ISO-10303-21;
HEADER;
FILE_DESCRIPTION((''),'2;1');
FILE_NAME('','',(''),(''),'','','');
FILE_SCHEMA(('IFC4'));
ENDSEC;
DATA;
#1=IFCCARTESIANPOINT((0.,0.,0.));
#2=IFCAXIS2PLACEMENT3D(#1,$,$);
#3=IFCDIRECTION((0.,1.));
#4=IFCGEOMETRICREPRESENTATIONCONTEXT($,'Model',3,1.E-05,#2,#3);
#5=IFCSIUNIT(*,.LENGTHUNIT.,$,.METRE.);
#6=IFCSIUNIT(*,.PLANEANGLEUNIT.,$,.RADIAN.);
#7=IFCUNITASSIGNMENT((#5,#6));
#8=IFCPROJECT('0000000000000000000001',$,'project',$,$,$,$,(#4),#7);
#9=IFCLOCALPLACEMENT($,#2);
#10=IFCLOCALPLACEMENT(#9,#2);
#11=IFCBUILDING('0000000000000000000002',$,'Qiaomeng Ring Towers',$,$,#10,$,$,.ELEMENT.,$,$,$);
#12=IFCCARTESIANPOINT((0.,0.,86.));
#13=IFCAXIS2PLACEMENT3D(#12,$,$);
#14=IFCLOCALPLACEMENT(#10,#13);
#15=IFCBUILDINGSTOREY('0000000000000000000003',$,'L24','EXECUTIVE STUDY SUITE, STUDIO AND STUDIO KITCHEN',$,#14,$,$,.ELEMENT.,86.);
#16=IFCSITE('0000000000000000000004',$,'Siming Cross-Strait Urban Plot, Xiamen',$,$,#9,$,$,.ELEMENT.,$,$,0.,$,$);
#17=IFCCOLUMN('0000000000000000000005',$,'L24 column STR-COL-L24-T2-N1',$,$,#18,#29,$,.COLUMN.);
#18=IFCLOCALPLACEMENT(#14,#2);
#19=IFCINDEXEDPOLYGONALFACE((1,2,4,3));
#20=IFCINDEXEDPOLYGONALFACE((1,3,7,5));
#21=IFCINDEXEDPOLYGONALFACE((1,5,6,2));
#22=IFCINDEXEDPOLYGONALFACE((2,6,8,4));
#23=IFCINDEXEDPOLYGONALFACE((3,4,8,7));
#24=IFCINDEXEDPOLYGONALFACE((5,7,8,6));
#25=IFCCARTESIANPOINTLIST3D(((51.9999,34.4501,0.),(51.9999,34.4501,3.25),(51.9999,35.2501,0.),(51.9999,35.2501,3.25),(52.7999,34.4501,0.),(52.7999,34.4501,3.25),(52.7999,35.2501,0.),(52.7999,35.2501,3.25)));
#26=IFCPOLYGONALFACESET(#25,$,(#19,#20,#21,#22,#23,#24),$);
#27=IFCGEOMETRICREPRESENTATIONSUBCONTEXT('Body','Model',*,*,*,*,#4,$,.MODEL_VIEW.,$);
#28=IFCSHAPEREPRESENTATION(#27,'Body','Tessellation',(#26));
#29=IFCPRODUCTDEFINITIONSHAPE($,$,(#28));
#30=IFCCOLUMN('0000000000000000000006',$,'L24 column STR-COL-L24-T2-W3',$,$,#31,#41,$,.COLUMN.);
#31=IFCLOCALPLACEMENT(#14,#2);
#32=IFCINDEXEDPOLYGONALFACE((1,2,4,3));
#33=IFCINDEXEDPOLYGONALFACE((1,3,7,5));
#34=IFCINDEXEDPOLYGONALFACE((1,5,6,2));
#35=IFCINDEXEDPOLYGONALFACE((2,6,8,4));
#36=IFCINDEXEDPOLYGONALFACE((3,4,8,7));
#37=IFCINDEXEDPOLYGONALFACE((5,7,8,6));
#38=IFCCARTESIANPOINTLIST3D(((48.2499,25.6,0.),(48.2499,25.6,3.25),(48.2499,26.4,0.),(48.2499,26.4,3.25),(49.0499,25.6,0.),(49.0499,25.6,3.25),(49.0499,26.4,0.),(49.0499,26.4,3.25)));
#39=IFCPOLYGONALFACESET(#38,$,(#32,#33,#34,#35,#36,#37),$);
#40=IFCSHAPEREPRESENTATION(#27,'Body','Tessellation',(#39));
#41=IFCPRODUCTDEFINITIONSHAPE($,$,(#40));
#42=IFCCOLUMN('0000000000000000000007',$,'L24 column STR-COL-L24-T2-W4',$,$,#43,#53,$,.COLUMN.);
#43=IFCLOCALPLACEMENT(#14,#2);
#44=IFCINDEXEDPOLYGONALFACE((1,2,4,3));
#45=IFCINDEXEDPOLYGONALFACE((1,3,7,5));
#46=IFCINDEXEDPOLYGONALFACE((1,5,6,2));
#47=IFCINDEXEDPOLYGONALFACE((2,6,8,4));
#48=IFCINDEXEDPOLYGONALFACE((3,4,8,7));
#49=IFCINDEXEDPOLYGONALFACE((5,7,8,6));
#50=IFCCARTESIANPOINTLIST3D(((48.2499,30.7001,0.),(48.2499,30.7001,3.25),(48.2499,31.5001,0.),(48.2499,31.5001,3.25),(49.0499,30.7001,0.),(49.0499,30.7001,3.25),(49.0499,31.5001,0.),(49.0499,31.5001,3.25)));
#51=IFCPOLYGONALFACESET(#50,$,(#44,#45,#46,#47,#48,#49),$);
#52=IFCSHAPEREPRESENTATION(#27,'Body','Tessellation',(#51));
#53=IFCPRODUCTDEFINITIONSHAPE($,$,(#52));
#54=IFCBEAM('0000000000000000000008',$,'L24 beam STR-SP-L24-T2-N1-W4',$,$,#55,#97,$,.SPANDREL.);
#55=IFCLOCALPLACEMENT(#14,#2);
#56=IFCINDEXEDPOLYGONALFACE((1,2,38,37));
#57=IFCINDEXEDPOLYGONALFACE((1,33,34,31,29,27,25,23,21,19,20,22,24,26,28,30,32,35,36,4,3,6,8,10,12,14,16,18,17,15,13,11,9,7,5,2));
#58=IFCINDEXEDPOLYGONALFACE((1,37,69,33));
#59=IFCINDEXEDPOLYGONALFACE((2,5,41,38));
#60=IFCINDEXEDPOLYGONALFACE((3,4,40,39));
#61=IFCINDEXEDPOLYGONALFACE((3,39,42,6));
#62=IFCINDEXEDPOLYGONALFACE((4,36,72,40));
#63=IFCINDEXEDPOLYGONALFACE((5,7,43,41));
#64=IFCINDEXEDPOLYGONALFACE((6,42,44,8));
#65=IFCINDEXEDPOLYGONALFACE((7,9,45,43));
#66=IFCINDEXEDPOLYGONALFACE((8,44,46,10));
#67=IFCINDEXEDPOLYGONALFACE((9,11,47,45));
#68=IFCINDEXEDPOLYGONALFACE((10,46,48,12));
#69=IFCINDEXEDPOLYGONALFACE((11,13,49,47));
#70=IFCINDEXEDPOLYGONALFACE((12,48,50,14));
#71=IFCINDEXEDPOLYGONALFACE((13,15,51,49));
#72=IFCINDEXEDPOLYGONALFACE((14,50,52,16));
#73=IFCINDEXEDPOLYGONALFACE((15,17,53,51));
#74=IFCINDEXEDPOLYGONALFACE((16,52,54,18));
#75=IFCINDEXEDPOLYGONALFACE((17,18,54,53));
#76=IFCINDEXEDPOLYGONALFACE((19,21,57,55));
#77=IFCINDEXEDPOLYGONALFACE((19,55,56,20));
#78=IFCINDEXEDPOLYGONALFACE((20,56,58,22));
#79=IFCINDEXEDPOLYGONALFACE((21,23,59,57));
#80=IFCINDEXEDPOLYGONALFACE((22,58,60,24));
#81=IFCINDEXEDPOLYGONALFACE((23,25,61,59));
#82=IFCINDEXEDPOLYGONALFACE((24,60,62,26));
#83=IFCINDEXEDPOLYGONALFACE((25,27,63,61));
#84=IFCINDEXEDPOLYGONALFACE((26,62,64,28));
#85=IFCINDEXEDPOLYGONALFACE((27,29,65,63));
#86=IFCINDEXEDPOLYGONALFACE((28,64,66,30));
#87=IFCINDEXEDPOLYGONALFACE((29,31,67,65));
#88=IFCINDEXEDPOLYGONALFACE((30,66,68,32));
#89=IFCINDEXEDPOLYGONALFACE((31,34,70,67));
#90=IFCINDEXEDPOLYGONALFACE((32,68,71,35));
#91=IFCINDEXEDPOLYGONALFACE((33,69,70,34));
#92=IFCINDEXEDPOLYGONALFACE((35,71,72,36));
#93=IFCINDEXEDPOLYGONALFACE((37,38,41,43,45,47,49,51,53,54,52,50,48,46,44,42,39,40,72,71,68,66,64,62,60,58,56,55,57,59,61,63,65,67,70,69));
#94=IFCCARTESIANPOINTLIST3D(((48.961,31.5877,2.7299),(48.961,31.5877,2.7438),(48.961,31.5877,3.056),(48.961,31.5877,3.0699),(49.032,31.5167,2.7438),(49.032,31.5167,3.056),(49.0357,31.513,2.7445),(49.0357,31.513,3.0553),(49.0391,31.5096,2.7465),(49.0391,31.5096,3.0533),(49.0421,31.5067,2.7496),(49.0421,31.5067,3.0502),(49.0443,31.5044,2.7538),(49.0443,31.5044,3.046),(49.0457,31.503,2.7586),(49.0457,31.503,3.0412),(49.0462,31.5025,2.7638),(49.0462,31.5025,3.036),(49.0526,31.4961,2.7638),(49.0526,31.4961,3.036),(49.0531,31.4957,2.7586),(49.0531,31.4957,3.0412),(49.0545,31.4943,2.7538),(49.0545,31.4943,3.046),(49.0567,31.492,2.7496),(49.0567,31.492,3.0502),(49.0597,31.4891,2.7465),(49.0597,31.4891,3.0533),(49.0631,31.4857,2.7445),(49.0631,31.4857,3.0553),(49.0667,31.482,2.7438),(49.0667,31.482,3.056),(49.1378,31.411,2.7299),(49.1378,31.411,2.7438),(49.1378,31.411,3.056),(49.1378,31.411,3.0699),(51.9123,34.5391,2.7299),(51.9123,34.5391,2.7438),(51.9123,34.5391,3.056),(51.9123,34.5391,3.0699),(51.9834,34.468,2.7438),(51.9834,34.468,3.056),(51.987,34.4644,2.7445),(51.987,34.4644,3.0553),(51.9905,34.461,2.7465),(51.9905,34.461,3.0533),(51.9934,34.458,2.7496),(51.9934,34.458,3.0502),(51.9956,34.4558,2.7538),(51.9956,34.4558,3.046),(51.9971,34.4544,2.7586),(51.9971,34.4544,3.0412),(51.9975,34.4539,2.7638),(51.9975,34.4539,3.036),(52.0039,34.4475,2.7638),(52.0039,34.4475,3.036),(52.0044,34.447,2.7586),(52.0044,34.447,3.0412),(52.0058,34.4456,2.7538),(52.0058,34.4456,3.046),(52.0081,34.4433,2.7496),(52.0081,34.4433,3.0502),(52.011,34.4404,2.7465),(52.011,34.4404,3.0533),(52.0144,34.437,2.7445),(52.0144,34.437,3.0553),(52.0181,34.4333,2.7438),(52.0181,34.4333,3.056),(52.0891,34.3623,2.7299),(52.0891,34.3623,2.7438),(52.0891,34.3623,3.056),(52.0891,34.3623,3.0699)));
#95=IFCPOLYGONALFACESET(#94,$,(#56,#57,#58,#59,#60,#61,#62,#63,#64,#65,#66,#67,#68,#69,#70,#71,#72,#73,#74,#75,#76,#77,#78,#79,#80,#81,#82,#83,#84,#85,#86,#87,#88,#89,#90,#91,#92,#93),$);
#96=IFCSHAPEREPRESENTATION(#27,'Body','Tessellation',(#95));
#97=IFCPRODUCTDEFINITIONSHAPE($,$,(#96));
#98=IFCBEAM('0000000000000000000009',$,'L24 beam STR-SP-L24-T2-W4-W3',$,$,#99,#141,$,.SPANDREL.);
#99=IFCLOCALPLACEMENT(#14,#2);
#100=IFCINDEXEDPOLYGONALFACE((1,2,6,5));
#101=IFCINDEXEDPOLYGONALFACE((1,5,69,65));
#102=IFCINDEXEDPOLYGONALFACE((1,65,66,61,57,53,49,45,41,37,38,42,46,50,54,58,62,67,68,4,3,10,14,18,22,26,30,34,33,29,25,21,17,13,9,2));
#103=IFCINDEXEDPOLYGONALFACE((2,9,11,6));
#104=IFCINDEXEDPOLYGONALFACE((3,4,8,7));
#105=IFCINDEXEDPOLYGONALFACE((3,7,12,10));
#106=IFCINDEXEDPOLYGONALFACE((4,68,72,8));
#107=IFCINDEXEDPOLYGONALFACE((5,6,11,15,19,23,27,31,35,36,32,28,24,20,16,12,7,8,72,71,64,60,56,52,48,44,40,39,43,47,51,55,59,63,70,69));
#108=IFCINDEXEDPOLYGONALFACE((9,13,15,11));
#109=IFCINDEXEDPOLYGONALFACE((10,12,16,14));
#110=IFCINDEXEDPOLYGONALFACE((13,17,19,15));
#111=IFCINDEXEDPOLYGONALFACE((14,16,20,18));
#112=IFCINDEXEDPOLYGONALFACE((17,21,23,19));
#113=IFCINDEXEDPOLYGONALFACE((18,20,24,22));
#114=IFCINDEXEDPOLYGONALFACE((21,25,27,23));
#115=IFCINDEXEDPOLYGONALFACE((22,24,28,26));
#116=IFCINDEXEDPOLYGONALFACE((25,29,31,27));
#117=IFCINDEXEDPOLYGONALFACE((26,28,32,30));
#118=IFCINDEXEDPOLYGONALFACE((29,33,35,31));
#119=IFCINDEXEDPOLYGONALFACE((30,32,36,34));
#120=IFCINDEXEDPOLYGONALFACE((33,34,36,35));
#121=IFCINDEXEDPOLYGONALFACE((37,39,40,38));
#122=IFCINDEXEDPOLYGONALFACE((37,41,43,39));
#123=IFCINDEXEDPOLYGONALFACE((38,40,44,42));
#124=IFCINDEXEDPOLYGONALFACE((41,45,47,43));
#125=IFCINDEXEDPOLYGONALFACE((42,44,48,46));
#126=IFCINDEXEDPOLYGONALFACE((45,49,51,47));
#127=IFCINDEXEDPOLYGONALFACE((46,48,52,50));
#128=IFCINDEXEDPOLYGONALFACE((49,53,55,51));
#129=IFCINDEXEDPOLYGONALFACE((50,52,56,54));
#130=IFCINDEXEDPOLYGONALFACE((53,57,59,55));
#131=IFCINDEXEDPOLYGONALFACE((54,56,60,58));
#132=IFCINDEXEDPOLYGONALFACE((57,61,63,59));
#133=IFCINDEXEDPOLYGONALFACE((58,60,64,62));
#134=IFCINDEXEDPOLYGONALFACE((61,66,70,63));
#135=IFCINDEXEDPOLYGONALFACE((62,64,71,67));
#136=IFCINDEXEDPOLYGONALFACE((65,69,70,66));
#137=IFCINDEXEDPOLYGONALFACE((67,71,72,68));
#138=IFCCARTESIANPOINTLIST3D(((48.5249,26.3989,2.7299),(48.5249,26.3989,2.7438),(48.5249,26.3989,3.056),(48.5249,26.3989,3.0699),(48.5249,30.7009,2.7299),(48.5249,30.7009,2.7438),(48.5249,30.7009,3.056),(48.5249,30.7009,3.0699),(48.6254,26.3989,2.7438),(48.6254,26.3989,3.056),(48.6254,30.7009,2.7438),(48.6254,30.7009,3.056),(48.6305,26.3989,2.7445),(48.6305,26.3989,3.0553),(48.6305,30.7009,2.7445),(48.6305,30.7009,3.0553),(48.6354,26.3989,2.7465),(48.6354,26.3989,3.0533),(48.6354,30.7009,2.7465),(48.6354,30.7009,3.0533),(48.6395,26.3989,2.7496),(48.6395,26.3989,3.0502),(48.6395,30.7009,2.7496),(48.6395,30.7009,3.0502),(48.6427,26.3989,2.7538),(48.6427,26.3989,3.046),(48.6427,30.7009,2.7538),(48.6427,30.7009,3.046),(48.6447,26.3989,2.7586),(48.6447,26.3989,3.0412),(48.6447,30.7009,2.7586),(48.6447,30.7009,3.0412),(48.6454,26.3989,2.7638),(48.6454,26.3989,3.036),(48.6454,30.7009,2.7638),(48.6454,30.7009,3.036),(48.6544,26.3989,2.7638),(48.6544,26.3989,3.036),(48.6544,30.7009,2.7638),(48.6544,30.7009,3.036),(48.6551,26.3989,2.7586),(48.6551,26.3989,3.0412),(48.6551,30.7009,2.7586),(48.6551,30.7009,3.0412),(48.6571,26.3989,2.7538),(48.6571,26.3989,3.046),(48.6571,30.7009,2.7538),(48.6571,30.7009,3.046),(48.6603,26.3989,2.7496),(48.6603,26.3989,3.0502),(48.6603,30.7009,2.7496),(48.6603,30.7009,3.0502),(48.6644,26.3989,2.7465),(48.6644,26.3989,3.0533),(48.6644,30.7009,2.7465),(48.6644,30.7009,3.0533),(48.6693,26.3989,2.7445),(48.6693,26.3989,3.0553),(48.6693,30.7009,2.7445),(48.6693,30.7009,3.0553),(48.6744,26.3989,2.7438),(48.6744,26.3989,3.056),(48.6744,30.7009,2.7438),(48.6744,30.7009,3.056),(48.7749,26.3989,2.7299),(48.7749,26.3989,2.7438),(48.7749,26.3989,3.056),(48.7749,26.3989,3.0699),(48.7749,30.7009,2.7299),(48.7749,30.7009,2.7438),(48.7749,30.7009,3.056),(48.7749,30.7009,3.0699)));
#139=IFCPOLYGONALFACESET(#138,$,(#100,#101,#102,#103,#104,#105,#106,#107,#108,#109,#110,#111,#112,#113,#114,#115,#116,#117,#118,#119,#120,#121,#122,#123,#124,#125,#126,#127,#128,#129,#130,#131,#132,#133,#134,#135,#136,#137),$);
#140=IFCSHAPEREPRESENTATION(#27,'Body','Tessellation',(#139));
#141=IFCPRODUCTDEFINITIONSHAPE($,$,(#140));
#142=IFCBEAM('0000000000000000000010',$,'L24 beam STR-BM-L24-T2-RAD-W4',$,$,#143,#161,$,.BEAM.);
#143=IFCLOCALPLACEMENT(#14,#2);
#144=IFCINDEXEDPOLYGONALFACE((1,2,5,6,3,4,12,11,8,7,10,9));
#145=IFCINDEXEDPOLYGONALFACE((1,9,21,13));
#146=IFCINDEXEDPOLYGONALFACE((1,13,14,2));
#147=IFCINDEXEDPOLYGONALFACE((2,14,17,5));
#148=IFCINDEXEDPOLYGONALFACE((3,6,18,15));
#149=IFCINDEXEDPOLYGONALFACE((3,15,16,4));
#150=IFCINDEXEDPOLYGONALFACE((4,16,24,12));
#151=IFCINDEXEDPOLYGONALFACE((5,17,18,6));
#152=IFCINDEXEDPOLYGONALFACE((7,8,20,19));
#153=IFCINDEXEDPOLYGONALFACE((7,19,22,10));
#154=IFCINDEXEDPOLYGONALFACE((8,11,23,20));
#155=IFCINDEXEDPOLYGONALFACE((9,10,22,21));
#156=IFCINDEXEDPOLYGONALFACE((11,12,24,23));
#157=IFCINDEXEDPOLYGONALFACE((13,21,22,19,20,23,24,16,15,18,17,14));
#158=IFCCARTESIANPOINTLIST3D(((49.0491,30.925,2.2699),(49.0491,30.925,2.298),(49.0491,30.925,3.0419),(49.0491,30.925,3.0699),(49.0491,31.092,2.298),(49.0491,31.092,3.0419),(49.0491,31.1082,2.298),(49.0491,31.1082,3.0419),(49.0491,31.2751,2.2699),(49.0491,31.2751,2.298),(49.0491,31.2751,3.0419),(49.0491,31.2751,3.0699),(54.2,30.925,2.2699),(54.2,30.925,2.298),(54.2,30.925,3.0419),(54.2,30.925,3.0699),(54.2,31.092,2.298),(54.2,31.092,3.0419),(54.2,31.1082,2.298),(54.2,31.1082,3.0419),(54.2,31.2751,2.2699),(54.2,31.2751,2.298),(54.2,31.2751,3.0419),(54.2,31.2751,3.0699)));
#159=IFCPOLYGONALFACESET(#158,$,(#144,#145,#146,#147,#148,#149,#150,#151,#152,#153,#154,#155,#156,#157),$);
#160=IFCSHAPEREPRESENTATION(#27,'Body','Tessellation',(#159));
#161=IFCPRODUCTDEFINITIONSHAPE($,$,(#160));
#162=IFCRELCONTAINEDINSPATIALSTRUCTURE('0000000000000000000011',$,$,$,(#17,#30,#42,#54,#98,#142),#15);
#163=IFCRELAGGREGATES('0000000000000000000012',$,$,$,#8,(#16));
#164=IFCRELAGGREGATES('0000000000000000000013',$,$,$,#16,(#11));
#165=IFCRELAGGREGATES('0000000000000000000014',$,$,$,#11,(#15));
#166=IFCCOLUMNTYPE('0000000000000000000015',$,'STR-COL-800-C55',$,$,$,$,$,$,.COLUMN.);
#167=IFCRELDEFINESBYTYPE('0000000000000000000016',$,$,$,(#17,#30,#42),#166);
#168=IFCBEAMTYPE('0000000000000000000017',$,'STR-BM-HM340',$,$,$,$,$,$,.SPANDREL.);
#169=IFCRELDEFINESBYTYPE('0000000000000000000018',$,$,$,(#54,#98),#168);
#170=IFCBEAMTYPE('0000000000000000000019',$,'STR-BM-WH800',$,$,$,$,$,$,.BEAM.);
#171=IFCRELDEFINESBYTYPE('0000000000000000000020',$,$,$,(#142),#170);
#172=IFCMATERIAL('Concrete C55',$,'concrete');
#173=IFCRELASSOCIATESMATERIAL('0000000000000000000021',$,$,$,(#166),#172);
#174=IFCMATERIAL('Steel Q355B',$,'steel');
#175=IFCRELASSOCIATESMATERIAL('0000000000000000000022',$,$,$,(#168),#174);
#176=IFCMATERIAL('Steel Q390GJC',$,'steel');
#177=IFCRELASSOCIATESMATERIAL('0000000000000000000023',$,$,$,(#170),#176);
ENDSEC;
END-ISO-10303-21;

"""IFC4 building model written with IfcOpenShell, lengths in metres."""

from ifc_helpers import new_model, si_unit, direction, frame, origin, origin_2d, place, context, subcontext, project, spatial, rectangle, i_section, extrude, source, transform, mapped, material, material_profile, profile_set, type_object, element, save


model = new_model("IFC4")

# Units and contexts
model_context = context("Model", 3, precision=1e-05, world=origin(), true_north=direction((0.0, 1.0)))
body_context = subcontext(model_context, "Body", "Model", "MODEL_VIEW")
ifc_project = project(units=[si_unit("LENGTHUNIT", "METRE"), si_unit("PLANEANGLEUNIT", "RADIAN")], contexts=[model_context])

# Site, building, storey
site_placement = place(None, origin())
site = spatial("IfcSite", under=ifc_project, at=site_placement, Name="Siming Cross-Strait Urban Plot, Xiamen", CompositionType="ELEMENT", RefElevation=0.0)
building_placement = place(site_placement, origin())
building = spatial("IfcBuilding", under=site, at=building_placement, Name="Qiaomeng Ring Towers", CompositionType="ELEMENT")
storey_placement = place(building_placement, frame((0.0, 0.0, 86.0)))
storey = spatial("IfcBuildingStorey", under=building, at=storey_placement, Name="L24", Description="EXECUTIVE STUDY SUITE, STUDIO AND STUDIO KITCHEN", CompositionType="ELEMENT", Elevation=86.0)

# Columns
ifc_material_1 = material(Name="Concrete C55", Category="concrete")
ifc_material_profile_1 = material_profile(ifc_material_1, rectangle(XDim=0.8, YDim=0.8, at=origin_2d()), Name="RC COL 800x800")
ifc_profile_set_1 = profile_set([ifc_material_profile_1], Name="Concrete C55")
column_type = type_object("IfcColumnType", Name="STR-COL-800-C55", PredefinedType="COLUMN", material=ifc_profile_set_1)
shared_shape_1 = source(origin(), body_context, "Body", "SweptSolid", [
    extrude(rectangle(XDim=0.8, YDim=0.8, at=origin_2d()), origin(), (0.0, 0.0, 1.0), 3.25),
])
for number, where, z_axis, x_axis, name in (
    (1, (52.3999, 34.8501, 0.0), (0.0, 0.0, 1.0), (1.0, 0.0, 0.0), "L24 column STR-COL-L24-T2-N1"),
    (2, (48.6499, 26.0, 0.0), (0.0, 0.0, 1.0), (1.0, 0.0, 0.0), "L24 column STR-COL-L24-T2-W3"),
    (3, (48.6499, 31.1001, 0.0), (0.0, 0.0, 1.0), (1.0, 0.0, 0.0), "L24 column STR-COL-L24-T2-W4"),
):
    element("IfcColumn", number, at=place(storey_placement, frame(where, z_axis=z_axis, x_axis=x_axis)), inside=storey, type_object=column_type, Name=name, PredefinedType="COLUMN", context=body_context, shape_type="MappedRepresentation", body=[
        mapped(shared_shape_1, transform((0.0, 0.0, 0.0), x_axis=(1.0, 0.0, 0.0), y_axis=(0.0, 1.0, 0.0), z_axis=(0.0, 0.0, 1.0), scale=1.0)),
    ])

# Beams
ifc_material_2 = material(Name="Steel Q355B", Category="steel")
ifc_material_profile_2 = material_profile(ifc_material_2, i_section(OverallWidth=0.25, OverallDepth=0.3401, WebThickness=0.009, FlangeThickness=0.0139, FilletRadius=0.02, at=origin_2d()), Name="HM 340x250x9x14")
ifc_profile_set_2 = profile_set([ifc_material_profile_2], Name="Steel Q355B")
beam_type_1 = type_object("IfcBeamType", Name="STR-BM-HM340", PredefinedType="SPANDREL", material=ifc_profile_set_2)
shared_shape_2 = source(origin(), body_context, "Body", "SweptSolid", [
    extrude(i_section(OverallWidth=0.25, OverallDepth=0.3401, WebThickness=0.009, FlangeThickness=0.0139, FilletRadius=0.02, at=origin_2d()), origin(), (0.0, 0.0, 1.0), 4.1738),
])
beam_1_placement = place(storey_placement, frame((52.0007, 34.4507, 2.8999), z_axis=(-0.707107, -0.707107, 0.0), x_axis=(0.707107, -0.707107, 0.0)))
element("IfcBeam", 4, at=beam_1_placement, inside=storey, type_object=beam_type_1, Name="L24 beam STR-SP-L24-T2-N1-W4", PredefinedType="SPANDREL", context=body_context, shape_type="MappedRepresentation", body=[
    mapped(shared_shape_2, transform((0.0, 0.0, 0.0), x_axis=(1.0, 0.0, 0.0), y_axis=(0.0, 1.0, 0.0), z_axis=(0.0, 0.0, 1.0), scale=1.0)),
])
shared_shape_3 = source(origin(), body_context, "Body", "SweptSolid", [
    extrude(i_section(OverallWidth=0.25, OverallDepth=0.3401, WebThickness=0.009, FlangeThickness=0.0139, FilletRadius=0.02, at=origin_2d()), origin(), (0.0, 0.0, 1.0), 4.302),
])
beam_2_placement = place(storey_placement, frame((48.6499, 30.7009, 2.8999), z_axis=(0.0, -1.0, 0.0), x_axis=(1.0, 0.0, 0.0)))
element("IfcBeam", 5, at=beam_2_placement, inside=storey, type_object=beam_type_1, Name="L24 beam STR-SP-L24-T2-W4-W3", PredefinedType="SPANDREL", context=body_context, shape_type="MappedRepresentation", body=[
    mapped(shared_shape_3, transform((0.0, 0.0, 0.0), x_axis=(1.0, 0.0, 0.0), y_axis=(0.0, 1.0, 0.0), z_axis=(0.0, 0.0, 1.0), scale=1.0)),
])
ifc_material_3 = material(Name="Steel Q390GJC", Category="steel")
ifc_material_profile_3 = material_profile(ifc_material_3, i_section(OverallWidth=0.3501, OverallDepth=0.8, WebThickness=0.0161, FlangeThickness=0.0281, at=origin_2d()), Name="WH 800x350x16x28")
ifc_profile_set_3 = profile_set([ifc_material_profile_3], Name="Steel Q390GJC")
beam_type_2 = type_object("IfcBeamType", Name="STR-BM-WH800", PredefinedType="BEAM", material=ifc_profile_set_3)
shared_shape_4 = source(origin(), body_context, "Body", "SweptSolid", [
    extrude(i_section(OverallWidth=0.3501, OverallDepth=0.8, WebThickness=0.0161, FlangeThickness=0.0281, at=origin_2d()), origin(), (0.0, 0.0, 1.0), 5.1509),
])
beam_3_placement = place(storey_placement, frame((49.0491, 31.1001, 2.6699), z_axis=(1.0, 0.0, 0.0), x_axis=(0.0, 1.0, 0.0)))
element("IfcBeam", 6, at=beam_3_placement, inside=storey, type_object=beam_type_2, Name="L24 beam STR-BM-L24-T2-RAD-W4", PredefinedType="BEAM", context=body_context, shape_type="MappedRepresentation", body=[
    mapped(shared_shape_4, transform((0.0, 0.0, 0.0), x_axis=(1.0, 0.0, 0.0), y_axis=(0.0, 1.0, 0.0), z_axis=(0.0, 0.0, 1.0), scale=1.0)),
])

save(model, "model.ifc")
